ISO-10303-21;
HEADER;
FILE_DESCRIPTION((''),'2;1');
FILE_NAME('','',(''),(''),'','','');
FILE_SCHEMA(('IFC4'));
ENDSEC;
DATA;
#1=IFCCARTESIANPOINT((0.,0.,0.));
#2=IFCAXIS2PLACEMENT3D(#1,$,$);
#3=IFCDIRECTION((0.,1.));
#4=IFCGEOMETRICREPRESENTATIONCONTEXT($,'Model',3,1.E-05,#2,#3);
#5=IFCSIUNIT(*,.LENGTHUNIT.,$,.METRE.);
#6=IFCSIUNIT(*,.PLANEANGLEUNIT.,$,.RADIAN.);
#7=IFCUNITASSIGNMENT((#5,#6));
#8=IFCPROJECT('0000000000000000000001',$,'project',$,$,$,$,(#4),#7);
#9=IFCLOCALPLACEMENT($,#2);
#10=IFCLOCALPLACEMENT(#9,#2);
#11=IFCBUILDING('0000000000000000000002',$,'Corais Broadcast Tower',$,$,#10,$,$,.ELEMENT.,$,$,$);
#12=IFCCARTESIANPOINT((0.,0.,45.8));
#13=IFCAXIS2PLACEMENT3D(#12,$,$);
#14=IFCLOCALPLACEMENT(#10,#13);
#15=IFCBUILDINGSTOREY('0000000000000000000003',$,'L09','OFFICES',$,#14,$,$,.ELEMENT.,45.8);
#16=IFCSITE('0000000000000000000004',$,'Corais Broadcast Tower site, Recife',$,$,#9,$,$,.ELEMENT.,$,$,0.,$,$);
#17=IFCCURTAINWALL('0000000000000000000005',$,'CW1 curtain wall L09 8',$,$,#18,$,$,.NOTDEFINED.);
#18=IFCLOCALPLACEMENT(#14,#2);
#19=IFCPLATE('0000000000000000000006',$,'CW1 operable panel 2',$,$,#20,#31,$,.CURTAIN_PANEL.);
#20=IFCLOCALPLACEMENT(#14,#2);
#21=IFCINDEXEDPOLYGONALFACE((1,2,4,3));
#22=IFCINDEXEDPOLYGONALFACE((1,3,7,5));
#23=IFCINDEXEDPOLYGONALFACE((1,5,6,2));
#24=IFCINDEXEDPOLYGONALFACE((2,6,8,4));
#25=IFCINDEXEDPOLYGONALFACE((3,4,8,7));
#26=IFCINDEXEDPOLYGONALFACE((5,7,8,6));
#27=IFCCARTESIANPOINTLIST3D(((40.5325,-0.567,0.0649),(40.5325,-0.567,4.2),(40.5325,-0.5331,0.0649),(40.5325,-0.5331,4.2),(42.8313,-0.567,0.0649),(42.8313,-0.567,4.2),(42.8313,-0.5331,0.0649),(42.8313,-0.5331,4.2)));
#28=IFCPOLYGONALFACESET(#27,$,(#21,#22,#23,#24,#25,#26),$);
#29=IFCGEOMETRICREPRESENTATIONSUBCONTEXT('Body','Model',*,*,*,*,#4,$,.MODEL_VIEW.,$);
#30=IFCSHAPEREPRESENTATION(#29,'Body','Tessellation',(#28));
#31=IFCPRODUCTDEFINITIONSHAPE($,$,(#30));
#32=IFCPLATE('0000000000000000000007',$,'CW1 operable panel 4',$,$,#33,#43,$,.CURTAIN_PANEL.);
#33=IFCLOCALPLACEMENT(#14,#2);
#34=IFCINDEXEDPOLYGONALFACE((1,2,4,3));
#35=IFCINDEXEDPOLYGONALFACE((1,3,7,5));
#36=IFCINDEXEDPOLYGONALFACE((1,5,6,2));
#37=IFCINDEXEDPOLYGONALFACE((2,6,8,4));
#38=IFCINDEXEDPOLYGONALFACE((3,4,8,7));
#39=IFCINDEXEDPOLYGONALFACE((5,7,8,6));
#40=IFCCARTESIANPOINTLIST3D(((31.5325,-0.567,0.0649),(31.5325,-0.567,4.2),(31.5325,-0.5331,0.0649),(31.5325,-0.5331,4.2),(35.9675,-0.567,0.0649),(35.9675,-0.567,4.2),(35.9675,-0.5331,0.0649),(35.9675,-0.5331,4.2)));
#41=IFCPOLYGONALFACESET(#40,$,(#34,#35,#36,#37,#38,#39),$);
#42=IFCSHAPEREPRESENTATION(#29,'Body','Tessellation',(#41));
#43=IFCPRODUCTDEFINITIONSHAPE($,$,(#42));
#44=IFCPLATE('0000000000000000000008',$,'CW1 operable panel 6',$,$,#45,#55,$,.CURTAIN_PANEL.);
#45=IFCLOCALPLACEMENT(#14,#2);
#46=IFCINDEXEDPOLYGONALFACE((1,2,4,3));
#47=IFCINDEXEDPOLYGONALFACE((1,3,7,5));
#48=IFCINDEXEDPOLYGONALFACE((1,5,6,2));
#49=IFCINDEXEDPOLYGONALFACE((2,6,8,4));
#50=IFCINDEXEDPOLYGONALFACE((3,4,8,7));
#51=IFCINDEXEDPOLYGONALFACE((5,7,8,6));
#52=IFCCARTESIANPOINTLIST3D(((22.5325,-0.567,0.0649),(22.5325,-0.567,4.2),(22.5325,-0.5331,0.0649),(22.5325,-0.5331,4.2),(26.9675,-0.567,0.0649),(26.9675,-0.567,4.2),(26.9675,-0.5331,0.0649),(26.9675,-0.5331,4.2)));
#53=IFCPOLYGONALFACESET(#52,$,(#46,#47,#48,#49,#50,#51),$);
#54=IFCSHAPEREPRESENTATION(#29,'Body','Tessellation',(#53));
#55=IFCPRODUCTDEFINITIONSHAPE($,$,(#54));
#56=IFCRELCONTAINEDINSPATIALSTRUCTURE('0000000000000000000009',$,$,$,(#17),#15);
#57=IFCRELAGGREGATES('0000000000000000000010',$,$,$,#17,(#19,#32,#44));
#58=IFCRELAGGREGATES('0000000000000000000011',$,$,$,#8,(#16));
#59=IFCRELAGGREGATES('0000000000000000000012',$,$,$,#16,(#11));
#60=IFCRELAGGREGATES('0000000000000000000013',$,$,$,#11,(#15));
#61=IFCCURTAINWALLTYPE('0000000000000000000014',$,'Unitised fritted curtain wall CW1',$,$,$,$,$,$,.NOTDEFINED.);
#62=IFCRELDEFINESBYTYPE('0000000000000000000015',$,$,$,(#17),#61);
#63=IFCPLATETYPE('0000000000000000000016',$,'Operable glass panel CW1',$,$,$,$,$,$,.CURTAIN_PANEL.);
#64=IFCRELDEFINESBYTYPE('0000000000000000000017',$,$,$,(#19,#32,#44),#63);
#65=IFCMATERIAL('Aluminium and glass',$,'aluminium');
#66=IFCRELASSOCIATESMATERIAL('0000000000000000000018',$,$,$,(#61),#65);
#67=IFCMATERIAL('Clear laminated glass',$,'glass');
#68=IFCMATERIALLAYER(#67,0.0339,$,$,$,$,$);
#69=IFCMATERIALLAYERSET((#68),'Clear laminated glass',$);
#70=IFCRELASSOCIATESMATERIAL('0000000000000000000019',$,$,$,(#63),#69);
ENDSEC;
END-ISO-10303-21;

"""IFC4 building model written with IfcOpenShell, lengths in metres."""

from ifc_helpers import new_model, si_unit, direction, frame, origin, origin_2d, place, context, subcontext, project, spatial, rectangle, extrude, material, layer, layer_set, type_object, element, aggregate, save


model = new_model("IFC4")

# Units and contexts
model_context = context("Model", 3, precision=1e-05, world=origin(), true_north=direction((0.0, 1.0)))
body_context = subcontext(model_context, "Body", "Model", "MODEL_VIEW")
ifc_project = project(units=[si_unit("LENGTHUNIT", "METRE"), si_unit("PLANEANGLEUNIT", "RADIAN")], contexts=[model_context])

# Site, building, storey
site_placement = place(None, origin())
site = spatial("IfcSite", under=ifc_project, at=site_placement, Name="Corais Broadcast Tower site, Recife", CompositionType="ELEMENT", RefElevation=0.0)
building_placement = place(site_placement, origin())
building = spatial("IfcBuilding", under=site, at=building_placement, Name="Corais Broadcast Tower", CompositionType="ELEMENT")
storey_placement = place(building_placement, frame((0.0, 0.0, 45.8)))
storey = spatial("IfcBuildingStorey", under=building, at=storey_placement, Name="L09", Description="OFFICES", CompositionType="ELEMENT", Elevation=45.8)

# Curtain wall
ifc_material_1 = material(Name="Aluminium and glass", Category="aluminium")
curtain_wall_type = type_object("IfcCurtainWallType", Name="Unitised fritted curtain wall CW1", PredefinedType="NOTDEFINED", material=ifc_material_1)
curtain_wall_placement = place(storey_placement, origin())
curtain_wall = element("IfcCurtainWall", 1, at=curtain_wall_placement, inside=storey, type_object=curtain_wall_type, Name="CW1 curtain wall L09 8", PredefinedType="NOTDEFINED")

# Plates
ifc_material_2 = material(Name="Clear laminated glass", Category="glass")
ifc_layer_1 = layer(ifc_material_2, 0.0339)
ifc_layer_set_1 = layer_set([ifc_layer_1], Name="Clear laminated glass")
plate_type_1 = type_object("IfcPlateType", Name="Operable glass panel CW1", PredefinedType="CURTAIN_PANEL", material=ifc_layer_set_1)
plate_1_placement = place(storey_placement, frame((41.6819, -0.55, 0.0649), z_axis=(0.0, 0.0, 1.0), x_axis=(-1.0, 0.0, 0.0)))
plate_1 = element("IfcPlate", 2, at=plate_1_placement, type_object=plate_type_1, Name="CW1 operable panel 2", PredefinedType="CURTAIN_PANEL", context=body_context, shape_type="SweptSolid", body=[
    extrude(rectangle(XDim=2.2988, YDim=0.0339, at=origin_2d()), origin(), (0.0, 0.0, 1.0), 4.135),
])
plate_2_placement = place(storey_placement, frame((33.75, -0.55, 0.0649), z_axis=(0.0, 0.0, 1.0), x_axis=(-1.0, 0.0, 0.0)))
plate_2 = element("IfcPlate", 3, at=plate_2_placement, type_object=plate_type_1, Name="CW1 operable panel 4", PredefinedType="CURTAIN_PANEL", context=body_context, shape_type="SweptSolid", body=[
    extrude(rectangle(XDim=4.4351, YDim=0.0339, at=origin_2d()), origin(), (0.0, 0.0, 1.0), 4.135),
])
plate_3_placement = place(storey_placement, frame((24.75, -0.55, 0.0649), z_axis=(0.0, 0.0, 1.0), x_axis=(-1.0, 0.0, 0.0)))
plate_3 = element("IfcPlate", 4, at=plate_3_placement, type_object=plate_type_1, Name="CW1 operable panel 6", PredefinedType="CURTAIN_PANEL", context=body_context, shape_type="SweptSolid", body=[
    extrude(rectangle(XDim=4.4351, YDim=0.0339, at=origin_2d()), origin(), (0.0, 0.0, 1.0), 4.135),
])
aggregate(curtain_wall, [plate_1, plate_2, plate_3])

save(model, "model.ifc")
